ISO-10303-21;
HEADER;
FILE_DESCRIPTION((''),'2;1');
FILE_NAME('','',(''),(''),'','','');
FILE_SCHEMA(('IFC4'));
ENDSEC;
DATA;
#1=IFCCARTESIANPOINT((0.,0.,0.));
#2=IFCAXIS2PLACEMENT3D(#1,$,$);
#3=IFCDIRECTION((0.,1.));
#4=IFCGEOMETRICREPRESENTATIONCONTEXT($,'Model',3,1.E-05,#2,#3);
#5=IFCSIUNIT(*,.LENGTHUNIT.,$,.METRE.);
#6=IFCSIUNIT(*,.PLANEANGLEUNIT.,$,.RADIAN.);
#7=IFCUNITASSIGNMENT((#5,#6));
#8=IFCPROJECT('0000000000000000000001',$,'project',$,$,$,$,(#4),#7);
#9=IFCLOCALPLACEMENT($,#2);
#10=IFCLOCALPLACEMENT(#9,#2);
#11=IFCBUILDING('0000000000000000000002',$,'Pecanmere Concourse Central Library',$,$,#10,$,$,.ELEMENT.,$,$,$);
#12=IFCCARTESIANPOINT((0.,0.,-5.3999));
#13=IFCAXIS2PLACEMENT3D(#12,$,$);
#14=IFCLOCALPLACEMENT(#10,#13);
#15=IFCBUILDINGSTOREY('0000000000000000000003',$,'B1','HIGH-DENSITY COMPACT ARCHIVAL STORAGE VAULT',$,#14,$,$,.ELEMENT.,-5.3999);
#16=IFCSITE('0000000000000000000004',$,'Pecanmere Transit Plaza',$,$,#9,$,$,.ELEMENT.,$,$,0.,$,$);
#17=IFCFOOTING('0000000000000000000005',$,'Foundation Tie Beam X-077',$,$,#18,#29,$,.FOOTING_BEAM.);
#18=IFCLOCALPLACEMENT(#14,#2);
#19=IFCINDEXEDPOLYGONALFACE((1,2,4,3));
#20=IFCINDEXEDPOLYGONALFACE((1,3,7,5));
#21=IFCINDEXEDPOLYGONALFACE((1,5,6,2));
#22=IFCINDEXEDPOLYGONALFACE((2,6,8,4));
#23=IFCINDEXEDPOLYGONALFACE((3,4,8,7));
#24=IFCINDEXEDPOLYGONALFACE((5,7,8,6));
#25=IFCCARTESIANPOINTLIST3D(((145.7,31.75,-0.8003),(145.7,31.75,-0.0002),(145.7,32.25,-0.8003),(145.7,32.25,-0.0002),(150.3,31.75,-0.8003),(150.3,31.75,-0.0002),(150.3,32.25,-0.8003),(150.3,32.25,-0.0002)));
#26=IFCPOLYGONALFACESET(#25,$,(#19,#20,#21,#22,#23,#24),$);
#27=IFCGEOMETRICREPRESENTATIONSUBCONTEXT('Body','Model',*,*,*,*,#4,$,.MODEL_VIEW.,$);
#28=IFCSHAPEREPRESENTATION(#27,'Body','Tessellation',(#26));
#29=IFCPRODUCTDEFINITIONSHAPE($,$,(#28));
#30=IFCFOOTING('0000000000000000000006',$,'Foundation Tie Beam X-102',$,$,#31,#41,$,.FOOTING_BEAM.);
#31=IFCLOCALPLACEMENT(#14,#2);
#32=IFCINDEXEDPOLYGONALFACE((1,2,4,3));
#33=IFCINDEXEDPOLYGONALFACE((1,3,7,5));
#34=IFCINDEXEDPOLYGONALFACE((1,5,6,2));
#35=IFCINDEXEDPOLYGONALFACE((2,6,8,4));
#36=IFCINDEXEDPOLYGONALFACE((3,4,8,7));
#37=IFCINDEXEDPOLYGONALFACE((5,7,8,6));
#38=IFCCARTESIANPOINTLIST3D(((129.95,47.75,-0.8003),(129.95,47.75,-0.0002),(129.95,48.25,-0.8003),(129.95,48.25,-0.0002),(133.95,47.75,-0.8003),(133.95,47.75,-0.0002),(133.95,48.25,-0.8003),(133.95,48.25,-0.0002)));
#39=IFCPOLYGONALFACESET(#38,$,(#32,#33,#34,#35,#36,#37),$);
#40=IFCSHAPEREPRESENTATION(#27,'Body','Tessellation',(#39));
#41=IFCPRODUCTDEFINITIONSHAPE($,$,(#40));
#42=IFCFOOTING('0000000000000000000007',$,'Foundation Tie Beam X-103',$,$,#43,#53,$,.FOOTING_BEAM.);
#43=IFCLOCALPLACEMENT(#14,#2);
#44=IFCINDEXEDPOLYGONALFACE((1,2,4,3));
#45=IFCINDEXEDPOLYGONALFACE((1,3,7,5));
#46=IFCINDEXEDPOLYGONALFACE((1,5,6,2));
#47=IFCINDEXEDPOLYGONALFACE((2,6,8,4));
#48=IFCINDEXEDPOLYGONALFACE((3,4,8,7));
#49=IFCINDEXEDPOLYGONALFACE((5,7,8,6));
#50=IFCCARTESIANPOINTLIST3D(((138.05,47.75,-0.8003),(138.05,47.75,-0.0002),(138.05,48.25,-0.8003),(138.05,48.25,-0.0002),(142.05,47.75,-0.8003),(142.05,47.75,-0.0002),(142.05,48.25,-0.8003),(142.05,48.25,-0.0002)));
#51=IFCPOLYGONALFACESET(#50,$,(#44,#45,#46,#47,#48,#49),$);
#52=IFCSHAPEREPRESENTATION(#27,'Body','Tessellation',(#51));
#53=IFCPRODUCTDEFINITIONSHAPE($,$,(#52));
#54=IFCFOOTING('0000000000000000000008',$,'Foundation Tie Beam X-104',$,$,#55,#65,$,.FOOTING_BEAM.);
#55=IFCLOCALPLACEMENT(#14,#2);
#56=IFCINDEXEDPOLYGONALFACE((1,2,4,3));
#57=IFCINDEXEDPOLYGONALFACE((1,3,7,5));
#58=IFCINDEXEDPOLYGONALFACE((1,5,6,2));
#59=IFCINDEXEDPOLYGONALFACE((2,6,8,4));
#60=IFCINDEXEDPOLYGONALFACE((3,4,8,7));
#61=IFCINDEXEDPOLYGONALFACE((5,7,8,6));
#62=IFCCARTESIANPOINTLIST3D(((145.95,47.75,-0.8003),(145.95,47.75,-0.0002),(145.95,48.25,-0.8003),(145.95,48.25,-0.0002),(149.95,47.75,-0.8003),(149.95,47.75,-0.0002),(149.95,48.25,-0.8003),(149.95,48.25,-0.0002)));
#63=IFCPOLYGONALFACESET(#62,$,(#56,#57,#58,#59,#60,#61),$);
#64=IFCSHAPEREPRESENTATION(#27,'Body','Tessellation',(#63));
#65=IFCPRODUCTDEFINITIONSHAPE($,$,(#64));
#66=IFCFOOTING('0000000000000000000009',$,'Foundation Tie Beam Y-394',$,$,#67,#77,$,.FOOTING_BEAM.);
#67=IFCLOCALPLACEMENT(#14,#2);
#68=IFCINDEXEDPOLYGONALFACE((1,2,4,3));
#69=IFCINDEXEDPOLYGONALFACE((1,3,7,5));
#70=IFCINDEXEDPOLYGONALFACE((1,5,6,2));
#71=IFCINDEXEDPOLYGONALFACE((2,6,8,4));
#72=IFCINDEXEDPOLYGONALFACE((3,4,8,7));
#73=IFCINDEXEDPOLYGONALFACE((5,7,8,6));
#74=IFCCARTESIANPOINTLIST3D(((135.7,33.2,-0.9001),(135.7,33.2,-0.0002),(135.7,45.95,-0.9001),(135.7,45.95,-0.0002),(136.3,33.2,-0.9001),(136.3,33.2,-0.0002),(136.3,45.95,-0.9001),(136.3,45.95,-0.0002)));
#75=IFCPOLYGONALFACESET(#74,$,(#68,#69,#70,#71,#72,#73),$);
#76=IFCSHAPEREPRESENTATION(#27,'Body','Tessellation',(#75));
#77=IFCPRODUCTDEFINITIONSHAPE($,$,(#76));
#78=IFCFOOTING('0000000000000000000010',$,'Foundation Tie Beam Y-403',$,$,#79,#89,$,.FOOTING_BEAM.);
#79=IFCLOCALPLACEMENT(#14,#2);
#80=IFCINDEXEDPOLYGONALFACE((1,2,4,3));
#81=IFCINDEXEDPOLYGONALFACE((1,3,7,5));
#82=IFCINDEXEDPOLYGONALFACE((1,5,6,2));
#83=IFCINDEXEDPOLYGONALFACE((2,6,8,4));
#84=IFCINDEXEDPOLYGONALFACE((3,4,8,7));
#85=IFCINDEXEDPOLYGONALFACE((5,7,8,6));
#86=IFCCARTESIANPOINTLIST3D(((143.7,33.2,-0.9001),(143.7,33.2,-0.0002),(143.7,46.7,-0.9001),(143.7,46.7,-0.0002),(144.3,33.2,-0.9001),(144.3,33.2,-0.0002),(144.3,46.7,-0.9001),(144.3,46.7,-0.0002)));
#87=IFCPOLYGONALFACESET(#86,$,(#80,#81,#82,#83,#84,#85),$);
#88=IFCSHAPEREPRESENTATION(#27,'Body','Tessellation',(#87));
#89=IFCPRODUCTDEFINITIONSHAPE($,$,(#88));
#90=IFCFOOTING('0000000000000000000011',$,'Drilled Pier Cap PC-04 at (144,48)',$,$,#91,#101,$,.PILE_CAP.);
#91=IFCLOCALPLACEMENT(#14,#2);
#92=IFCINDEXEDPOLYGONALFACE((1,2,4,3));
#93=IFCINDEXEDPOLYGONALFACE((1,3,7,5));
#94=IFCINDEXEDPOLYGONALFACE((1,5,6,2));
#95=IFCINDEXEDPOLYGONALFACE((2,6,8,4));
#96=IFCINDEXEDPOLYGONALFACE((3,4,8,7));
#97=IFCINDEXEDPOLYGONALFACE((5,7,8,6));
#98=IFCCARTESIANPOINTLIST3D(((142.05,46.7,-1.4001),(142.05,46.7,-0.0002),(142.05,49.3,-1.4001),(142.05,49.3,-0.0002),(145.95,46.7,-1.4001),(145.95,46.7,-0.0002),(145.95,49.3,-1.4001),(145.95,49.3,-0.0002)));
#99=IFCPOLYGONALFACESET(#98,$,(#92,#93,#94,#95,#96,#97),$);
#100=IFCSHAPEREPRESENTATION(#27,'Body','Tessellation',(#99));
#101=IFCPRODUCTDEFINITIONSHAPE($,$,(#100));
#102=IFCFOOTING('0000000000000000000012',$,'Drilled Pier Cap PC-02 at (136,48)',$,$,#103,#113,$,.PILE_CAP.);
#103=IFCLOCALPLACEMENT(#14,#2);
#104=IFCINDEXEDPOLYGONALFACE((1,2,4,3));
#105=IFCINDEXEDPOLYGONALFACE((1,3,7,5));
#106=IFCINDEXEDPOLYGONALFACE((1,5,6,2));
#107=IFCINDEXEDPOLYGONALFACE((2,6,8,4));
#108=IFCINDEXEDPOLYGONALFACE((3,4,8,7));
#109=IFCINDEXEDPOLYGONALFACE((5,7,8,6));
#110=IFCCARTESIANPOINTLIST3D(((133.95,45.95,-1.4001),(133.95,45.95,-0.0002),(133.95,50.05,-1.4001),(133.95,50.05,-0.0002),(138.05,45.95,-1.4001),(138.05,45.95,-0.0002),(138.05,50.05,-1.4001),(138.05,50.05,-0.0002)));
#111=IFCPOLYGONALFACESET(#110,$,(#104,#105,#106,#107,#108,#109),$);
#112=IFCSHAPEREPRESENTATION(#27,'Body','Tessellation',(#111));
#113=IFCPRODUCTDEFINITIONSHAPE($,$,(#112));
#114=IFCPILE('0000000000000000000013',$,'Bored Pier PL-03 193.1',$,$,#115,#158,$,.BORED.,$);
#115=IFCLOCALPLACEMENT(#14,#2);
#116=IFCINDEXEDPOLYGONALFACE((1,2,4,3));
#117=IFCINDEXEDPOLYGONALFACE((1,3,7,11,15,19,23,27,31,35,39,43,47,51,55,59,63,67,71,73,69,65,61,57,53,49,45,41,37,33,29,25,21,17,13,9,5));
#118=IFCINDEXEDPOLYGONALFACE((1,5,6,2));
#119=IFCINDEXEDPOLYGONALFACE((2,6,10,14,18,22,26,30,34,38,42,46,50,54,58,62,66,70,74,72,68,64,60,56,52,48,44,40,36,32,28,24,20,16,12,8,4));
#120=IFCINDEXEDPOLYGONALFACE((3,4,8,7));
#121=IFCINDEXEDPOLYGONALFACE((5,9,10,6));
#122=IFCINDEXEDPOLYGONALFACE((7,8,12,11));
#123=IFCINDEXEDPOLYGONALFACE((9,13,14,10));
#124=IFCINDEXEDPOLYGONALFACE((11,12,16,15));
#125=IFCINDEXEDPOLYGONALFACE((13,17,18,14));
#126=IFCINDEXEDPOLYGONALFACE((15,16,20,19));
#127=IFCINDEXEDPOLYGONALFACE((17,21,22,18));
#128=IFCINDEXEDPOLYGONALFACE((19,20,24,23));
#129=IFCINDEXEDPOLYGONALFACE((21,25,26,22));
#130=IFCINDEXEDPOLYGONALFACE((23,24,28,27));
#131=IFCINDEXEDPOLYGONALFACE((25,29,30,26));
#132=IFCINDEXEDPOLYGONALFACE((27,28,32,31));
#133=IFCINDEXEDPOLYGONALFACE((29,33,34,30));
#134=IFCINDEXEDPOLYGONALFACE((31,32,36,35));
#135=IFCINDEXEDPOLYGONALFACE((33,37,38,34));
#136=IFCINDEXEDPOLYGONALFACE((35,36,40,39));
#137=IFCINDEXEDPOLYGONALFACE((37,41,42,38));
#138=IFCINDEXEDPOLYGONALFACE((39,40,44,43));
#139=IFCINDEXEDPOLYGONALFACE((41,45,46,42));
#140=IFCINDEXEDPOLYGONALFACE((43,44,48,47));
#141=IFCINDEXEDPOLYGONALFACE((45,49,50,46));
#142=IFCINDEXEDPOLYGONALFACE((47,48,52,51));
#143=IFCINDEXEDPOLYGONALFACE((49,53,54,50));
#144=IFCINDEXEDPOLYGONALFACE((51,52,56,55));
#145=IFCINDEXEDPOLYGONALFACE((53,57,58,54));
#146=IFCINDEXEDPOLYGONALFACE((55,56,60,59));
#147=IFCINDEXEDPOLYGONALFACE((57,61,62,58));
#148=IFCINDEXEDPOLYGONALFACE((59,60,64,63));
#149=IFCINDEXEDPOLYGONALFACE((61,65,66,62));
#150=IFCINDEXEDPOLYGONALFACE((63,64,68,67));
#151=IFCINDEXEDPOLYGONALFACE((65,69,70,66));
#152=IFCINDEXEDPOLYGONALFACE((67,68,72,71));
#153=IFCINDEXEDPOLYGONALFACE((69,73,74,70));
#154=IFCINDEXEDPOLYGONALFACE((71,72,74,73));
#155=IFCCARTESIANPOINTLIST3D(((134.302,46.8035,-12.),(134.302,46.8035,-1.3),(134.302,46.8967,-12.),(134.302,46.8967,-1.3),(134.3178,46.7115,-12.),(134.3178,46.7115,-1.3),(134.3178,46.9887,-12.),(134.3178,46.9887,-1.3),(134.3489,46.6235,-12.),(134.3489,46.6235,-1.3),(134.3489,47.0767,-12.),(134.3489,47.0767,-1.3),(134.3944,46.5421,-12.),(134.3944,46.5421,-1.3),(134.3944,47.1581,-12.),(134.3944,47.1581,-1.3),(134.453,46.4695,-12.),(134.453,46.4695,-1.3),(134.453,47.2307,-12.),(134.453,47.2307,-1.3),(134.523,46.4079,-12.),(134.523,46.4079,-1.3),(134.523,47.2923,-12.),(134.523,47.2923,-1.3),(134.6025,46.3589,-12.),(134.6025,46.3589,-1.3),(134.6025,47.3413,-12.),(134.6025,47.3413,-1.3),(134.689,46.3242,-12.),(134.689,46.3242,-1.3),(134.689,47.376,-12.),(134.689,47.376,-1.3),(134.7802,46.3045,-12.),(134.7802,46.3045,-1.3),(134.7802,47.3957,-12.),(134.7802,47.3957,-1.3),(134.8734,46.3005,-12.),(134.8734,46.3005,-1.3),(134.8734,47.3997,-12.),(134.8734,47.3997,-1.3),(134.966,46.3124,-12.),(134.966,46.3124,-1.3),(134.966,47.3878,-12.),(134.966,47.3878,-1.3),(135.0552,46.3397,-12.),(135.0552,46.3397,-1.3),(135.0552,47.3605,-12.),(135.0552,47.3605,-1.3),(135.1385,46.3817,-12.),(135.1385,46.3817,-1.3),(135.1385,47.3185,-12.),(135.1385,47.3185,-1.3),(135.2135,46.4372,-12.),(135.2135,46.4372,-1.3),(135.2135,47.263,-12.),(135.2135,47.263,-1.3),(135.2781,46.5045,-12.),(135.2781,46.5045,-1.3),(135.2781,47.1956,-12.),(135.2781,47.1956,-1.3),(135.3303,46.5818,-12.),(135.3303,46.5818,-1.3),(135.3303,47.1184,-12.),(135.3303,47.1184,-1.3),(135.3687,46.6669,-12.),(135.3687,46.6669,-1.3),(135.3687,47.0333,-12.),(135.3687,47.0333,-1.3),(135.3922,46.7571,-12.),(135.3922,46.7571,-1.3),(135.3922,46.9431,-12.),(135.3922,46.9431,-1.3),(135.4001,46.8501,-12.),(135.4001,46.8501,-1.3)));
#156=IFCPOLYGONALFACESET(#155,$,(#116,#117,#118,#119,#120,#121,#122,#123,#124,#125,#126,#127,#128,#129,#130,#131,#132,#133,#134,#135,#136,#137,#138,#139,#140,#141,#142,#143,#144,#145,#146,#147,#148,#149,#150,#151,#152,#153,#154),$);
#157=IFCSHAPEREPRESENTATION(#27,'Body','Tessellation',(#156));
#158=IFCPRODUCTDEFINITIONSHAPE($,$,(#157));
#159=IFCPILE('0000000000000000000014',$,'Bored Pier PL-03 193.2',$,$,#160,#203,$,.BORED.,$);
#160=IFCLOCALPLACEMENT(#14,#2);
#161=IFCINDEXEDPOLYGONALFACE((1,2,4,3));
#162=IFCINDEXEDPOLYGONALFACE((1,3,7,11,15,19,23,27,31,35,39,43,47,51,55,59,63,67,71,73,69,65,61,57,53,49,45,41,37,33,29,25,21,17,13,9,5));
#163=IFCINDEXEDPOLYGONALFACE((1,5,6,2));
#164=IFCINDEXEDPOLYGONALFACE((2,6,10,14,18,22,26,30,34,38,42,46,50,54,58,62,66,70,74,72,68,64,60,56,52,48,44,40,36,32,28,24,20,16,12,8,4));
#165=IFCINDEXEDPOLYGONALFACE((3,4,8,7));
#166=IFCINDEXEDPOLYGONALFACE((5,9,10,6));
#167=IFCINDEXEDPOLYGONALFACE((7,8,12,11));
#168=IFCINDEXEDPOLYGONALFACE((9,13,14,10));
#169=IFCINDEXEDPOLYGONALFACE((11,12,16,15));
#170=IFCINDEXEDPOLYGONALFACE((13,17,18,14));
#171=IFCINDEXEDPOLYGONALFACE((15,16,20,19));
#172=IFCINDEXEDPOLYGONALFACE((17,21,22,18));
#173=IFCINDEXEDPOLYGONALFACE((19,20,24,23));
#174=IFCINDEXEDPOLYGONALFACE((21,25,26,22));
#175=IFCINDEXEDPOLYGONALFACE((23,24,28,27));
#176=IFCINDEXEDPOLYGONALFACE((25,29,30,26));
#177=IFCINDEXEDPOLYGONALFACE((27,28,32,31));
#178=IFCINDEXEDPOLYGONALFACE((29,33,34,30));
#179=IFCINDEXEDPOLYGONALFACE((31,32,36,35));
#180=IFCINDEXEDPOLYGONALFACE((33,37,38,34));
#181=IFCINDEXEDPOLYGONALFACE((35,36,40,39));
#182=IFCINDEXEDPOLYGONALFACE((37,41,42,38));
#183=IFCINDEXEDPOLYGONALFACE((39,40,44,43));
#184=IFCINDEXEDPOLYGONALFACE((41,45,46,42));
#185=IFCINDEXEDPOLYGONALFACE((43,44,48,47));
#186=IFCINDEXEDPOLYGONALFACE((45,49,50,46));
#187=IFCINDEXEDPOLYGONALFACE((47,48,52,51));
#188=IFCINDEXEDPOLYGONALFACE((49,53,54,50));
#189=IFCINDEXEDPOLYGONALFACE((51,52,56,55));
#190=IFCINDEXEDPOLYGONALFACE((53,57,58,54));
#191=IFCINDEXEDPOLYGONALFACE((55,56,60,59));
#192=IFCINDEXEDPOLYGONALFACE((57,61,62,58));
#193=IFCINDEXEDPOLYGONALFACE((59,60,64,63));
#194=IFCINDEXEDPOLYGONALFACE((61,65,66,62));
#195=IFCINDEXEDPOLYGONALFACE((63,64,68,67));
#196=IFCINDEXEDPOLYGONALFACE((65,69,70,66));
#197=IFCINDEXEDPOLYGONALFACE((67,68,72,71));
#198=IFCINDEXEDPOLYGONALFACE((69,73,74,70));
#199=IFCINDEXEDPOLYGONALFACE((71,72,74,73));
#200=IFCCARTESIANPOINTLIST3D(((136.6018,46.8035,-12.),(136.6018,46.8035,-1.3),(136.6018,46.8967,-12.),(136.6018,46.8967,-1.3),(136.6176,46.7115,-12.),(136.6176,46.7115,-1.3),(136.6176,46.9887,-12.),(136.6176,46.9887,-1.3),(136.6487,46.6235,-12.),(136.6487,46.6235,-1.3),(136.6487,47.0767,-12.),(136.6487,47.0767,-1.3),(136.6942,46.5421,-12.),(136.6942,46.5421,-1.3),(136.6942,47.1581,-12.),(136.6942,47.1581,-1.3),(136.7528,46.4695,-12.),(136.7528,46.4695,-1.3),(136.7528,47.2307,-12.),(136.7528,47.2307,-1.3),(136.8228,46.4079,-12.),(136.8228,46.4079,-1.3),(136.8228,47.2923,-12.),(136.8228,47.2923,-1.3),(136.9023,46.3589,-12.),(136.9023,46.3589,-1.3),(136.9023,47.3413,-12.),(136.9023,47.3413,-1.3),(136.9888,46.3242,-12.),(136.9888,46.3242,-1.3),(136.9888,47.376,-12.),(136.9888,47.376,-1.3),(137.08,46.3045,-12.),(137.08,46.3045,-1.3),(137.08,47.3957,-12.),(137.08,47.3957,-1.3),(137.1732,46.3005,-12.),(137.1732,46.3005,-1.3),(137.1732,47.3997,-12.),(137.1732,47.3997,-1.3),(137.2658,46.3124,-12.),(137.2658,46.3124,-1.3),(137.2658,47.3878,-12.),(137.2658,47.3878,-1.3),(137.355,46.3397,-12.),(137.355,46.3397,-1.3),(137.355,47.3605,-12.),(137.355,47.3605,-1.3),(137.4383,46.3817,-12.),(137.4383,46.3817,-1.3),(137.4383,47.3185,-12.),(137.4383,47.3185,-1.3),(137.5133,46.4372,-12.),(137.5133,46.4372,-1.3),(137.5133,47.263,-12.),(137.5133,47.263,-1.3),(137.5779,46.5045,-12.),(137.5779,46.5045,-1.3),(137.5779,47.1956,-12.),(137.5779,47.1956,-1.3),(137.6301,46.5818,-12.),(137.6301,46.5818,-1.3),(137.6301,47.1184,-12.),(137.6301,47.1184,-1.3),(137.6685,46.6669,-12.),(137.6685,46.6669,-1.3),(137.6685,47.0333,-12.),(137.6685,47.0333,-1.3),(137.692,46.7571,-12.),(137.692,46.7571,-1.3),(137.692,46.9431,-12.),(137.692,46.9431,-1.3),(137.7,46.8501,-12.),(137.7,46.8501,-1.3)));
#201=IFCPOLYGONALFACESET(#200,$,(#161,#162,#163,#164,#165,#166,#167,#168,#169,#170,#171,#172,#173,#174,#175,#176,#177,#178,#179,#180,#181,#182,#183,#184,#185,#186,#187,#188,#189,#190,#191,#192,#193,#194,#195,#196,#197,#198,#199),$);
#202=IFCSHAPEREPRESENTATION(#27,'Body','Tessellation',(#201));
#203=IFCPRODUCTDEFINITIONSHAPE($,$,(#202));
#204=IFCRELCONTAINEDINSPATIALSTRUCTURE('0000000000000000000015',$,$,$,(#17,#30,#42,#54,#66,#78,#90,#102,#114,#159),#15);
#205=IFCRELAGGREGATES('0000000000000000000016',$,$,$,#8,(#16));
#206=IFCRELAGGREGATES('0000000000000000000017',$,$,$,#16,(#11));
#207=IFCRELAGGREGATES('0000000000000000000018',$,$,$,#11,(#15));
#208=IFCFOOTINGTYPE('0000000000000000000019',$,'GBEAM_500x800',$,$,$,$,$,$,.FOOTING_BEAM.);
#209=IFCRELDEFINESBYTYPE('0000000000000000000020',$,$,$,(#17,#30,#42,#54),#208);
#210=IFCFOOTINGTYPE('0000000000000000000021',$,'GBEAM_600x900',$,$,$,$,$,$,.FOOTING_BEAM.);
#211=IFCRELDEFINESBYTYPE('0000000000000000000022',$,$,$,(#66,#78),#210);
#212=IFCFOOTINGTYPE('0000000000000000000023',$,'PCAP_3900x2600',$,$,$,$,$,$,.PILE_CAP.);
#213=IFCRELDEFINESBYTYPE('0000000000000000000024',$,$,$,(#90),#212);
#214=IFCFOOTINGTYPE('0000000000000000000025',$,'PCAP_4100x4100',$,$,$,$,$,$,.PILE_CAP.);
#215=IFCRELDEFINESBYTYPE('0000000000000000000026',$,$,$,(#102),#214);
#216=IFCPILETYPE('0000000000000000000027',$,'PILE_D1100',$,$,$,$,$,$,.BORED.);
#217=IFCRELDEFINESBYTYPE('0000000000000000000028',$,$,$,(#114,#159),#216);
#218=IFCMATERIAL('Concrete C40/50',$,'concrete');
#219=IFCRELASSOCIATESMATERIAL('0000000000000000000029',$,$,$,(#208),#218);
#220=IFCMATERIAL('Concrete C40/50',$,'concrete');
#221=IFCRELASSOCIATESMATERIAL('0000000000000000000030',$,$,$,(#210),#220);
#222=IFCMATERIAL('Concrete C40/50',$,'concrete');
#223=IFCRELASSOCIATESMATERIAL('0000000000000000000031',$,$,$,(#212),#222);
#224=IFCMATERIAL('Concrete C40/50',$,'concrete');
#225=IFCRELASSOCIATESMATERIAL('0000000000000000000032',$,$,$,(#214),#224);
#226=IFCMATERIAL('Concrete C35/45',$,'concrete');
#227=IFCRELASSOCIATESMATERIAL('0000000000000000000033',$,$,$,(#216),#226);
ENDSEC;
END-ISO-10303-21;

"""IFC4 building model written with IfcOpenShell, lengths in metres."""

from ifc_helpers import new_model, si_unit, direction, frame, origin, origin_2d, place, context, subcontext, project, spatial, rectangle, circle, extrude, material, material_profile, profile_set, type_object, element, save


model = new_model("IFC4")

# Units and contexts
model_context = context("Model", 3, precision=1e-05, world=origin(), true_north=direction((0.0, 1.0)))
body_context = subcontext(model_context, "Body", "Model", "MODEL_VIEW")
ifc_project = project(units=[si_unit("LENGTHUNIT", "METRE"), si_unit("PLANEANGLEUNIT", "RADIAN")], contexts=[model_context])

# Site, building, storey
site_placement = place(None, origin())
site = spatial("IfcSite", under=ifc_project, at=site_placement, Name="Pecanmere Transit Plaza", CompositionType="ELEMENT", RefElevation=0.0)
building_placement = place(site_placement, origin())
building = spatial("IfcBuilding", under=site, at=building_placement, Name="Pecanmere Concourse Central Library", CompositionType="ELEMENT")
storey_placement = place(building_placement, frame((0.0, 0.0, -5.3999)))
storey = spatial("IfcBuildingStorey", under=building, at=storey_placement, Name="B1", Description="HIGH-DENSITY COMPACT ARCHIVAL STORAGE VAULT", CompositionType="ELEMENT", Elevation=-5.3999)

# Footings
ifc_material_1 = material(Name="Concrete C40/50", Category="concrete")
ifc_material_profile_1 = material_profile(ifc_material_1, rectangle(XDim=0.5, YDim=0.8, at=origin_2d()), Name="RC 500x800")
ifc_profile_set_1 = profile_set([ifc_material_profile_1], Name="Concrete C40/50")
footing_type_1 = type_object("IfcFootingType", Name="GBEAM_500x800", PredefinedType="FOOTING_BEAM", material=ifc_profile_set_1)
footing_1_placement = place(storey_placement, frame((148.0, 32.0, -0.8003), z_axis=(0.0, 0.0, 1.0), x_axis=(1.0, 0.0, 0.0)))
element("IfcFooting", 1, at=footing_1_placement, inside=storey, type_object=footing_type_1, Name="Foundation Tie Beam X-077", PredefinedType="FOOTING_BEAM", context=body_context, shape_type="SweptSolid", body=[
    extrude(rectangle(XDim=4.6001, YDim=0.5, at=origin_2d()), origin(), (0.0, 0.0, 1.0), 0.8),
])
for number, where, z_axis, x_axis, name in (
    (2, (131.95, 48.0, -0.8003), (0.0, 0.0, 1.0), (1.0, 0.0, 0.0), "Foundation Tie Beam X-102"),
    (3, (140.05, 48.0, -0.8003), (0.0, 0.0, 1.0), (1.0, 0.0, 0.0), "Foundation Tie Beam X-103"),
    (4, (147.95, 48.0, -0.8003), (0.0, 0.0, 1.0), (1.0, 0.0, 0.0), "Foundation Tie Beam X-104"),
):
    element("IfcFooting", number, at=place(storey_placement, frame(where, z_axis=z_axis, x_axis=x_axis)), inside=storey, type_object=footing_type_1, Name=name, PredefinedType="FOOTING_BEAM", context=body_context, shape_type="SweptSolid", body=[
        extrude(rectangle(XDim=4.0, YDim=0.5, at=origin_2d()), origin(), (0.0, 0.0, 1.0), 0.8),
    ])
ifc_material_2 = material(Name="Concrete C40/50", Category="concrete")
ifc_material_profile_2 = material_profile(ifc_material_2, rectangle(XDim=0.6001, YDim=0.8999, at=origin_2d()), Name="RC 600x900")
ifc_profile_set_2 = profile_set([ifc_material_profile_2], Name="Concrete C40/50")
footing_type_2 = type_object("IfcFootingType", Name="GBEAM_600x900", PredefinedType="FOOTING_BEAM", material=ifc_profile_set_2)
footing_2_placement = place(storey_placement, frame((136.0, 39.575, -0.9001), z_axis=(0.0, 0.0, 1.0), x_axis=(0.0, 1.0, 0.0)))
element("IfcFooting", 5, at=footing_2_placement, inside=storey, type_object=footing_type_2, Name="Foundation Tie Beam Y-394", PredefinedType="FOOTING_BEAM", context=body_context, shape_type="SweptSolid", body=[
    extrude(rectangle(XDim=12.75, YDim=0.6001, at=origin_2d()), origin(), (0.0, 0.0, 1.0), 0.8999),
])
footing_3_placement = place(storey_placement, frame((144.0, 39.95, -0.9001), z_axis=(0.0, 0.0, 1.0), x_axis=(0.0, 1.0, 0.0)))
element("IfcFooting", 6, at=footing_3_placement, inside=storey, type_object=footing_type_2, Name="Foundation Tie Beam Y-403", PredefinedType="FOOTING_BEAM", context=body_context, shape_type="SweptSolid", body=[
    extrude(rectangle(XDim=13.5, YDim=0.6001, at=origin_2d()), origin(), (0.0, 0.0, 1.0), 0.8999),
])
ifc_material_3 = material(Name="Concrete C40/50", Category="concrete")
footing_type_3 = type_object("IfcFootingType", Name="PCAP_3900x2600", PredefinedType="PILE_CAP", material=ifc_material_3)
footing_4_placement = place(storey_placement, frame((144.0, 48.0, -1.4001), z_axis=(0.0, 0.0, 1.0), x_axis=(1.0, 0.0, 0.0)))
element("IfcFooting", 7, at=footing_4_placement, inside=storey, type_object=footing_type_3, Name="Drilled Pier Cap PC-04 at (144,48)", PredefinedType="PILE_CAP", context=body_context, shape_type="SweptSolid", body=[
    extrude(rectangle(XDim=3.8999, YDim=2.6001, at=origin_2d()), origin(), (0.0, 0.0, 1.0), 1.3999),
])
ifc_material_4 = material(Name="Concrete C40/50", Category="concrete")
footing_type_4 = type_object("IfcFootingType", Name="PCAP_4100x4100", PredefinedType="PILE_CAP", material=ifc_material_4)
footing_5_placement = place(storey_placement, frame((136.0, 48.0, -1.4001), z_axis=(0.0, 0.0, 1.0), x_axis=(1.0, 0.0, 0.0)))
element("IfcFooting", 8, at=footing_5_placement, inside=storey, type_object=footing_type_4, Name="Drilled Pier Cap PC-02 at (136,48)", PredefinedType="PILE_CAP", context=body_context, shape_type="SweptSolid", body=[
    extrude(rectangle(XDim=4.1001, YDim=4.1001, at=origin_2d()), origin(), (0.0, 0.0, 1.0), 1.3999),
])

# Piles
ifc_material_5 = material(Name="Concrete C35/45", Category="concrete")
ifc_material_profile_3 = material_profile(ifc_material_5, circle(Radius=0.55, at=origin_2d()), Name="PIER D1100")
ifc_profile_set_3 = profile_set([ifc_material_profile_3], Name="Concrete C35/45")
pile_type_1 = type_object("IfcPileType", Name="PILE_D1100", PredefinedType="BORED", material=ifc_profile_set_3)
for number, where, z_axis, x_axis, name in (
    (9, (134.8501, 46.8501, -1.3), (0.0, 0.0, -1.0), (1.0, 0.0, 0.0), "Bored Pier PL-03 193.1"),
    (10, (137.1499, 46.8501, -1.3), (0.0, 0.0, -1.0), (1.0, 0.0, 0.0), "Bored Pier PL-03 193.2"),
):
    element("IfcPile", number, at=place(storey_placement, frame(where, z_axis=z_axis, x_axis=x_axis)), inside=storey, type_object=pile_type_1, Name=name, PredefinedType="BORED", context=body_context, shape_type="SweptSolid", body=[
        extrude(circle(Radius=0.55, at=origin_2d()), origin(), (0.0, 0.0, 1.0), 10.7),
    ])

save(model, "model.ifc")
